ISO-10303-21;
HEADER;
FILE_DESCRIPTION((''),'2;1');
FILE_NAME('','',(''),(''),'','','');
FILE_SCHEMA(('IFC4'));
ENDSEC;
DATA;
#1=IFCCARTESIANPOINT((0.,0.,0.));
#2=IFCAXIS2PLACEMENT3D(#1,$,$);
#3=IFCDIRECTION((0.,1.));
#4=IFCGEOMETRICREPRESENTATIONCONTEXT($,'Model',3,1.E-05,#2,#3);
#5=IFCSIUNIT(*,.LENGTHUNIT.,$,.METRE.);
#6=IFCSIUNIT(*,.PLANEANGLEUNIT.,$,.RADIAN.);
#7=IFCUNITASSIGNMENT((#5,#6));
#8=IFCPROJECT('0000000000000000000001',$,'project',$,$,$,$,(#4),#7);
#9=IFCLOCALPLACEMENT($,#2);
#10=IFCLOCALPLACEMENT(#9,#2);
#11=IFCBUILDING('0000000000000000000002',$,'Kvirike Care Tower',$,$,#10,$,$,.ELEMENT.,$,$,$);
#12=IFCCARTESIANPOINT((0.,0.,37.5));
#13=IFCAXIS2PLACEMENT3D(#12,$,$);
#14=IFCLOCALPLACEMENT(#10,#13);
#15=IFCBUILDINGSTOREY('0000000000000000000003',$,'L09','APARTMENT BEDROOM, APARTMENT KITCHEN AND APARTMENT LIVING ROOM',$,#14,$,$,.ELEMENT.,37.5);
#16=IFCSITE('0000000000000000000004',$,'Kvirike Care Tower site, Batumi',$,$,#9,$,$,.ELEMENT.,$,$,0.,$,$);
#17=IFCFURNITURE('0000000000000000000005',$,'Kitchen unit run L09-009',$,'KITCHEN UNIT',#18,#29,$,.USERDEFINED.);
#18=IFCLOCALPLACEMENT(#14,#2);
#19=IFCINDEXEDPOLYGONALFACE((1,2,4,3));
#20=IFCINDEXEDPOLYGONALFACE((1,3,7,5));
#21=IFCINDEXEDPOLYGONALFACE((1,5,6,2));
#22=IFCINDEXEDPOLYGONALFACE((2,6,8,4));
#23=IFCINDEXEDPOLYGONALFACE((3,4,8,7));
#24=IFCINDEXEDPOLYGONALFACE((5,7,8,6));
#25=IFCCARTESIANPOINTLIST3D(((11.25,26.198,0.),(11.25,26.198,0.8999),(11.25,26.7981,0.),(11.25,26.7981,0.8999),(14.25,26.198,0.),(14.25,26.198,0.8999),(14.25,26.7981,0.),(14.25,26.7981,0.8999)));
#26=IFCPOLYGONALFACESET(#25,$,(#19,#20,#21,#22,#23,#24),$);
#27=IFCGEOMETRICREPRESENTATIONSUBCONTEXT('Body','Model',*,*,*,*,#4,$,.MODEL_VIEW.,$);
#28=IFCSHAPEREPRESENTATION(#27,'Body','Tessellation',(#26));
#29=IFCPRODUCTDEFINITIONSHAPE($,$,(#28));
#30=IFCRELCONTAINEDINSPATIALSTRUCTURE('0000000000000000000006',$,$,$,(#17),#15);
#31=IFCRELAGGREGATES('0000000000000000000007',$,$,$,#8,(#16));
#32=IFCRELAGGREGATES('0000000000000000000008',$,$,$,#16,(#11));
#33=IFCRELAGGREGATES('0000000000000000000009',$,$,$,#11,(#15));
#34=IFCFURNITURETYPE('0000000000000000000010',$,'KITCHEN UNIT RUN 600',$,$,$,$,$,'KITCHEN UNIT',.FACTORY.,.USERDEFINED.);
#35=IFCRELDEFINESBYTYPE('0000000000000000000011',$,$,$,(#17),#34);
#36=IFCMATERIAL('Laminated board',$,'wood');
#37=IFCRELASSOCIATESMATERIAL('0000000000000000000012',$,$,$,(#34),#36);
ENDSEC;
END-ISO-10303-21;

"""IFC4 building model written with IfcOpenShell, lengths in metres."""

from ifc_helpers import new_model, si_unit, direction, frame, origin, origin_2d, place, context, subcontext, project, spatial, rectangle, extrude, material, type_object, element, save


model = new_model("IFC4")

# Units and contexts
model_context = context("Model", 3, precision=1e-05, world=origin(), true_north=direction((0.0, 1.0)))
body_context = subcontext(model_context, "Body", "Model", "MODEL_VIEW")
ifc_project = project(units=[si_unit("LENGTHUNIT", "METRE"), si_unit("PLANEANGLEUNIT", "RADIAN")], contexts=[model_context])

# Site, building, storey
site_placement = place(None, origin())
site = spatial("IfcSite", under=ifc_project, at=site_placement, Name="Kvirike Care Tower site, Batumi", CompositionType="ELEMENT", RefElevation=0.0)
building_placement = place(site_placement, origin())
building = spatial("IfcBuilding", under=site, at=building_placement, Name="Kvirike Care Tower", CompositionType="ELEMENT")
storey_placement = place(building_placement, frame((0.0, 0.0, 37.5)))
storey = spatial("IfcBuildingStorey", under=building, at=storey_placement, Name="L09", Description="APARTMENT BEDROOM, APARTMENT KITCHEN AND APARTMENT LIVING ROOM", CompositionType="ELEMENT", Elevation=37.5)

# Furniture
ifc_material_1 = material(Name="Laminated board", Category="wood")
furniture_type = type_object("IfcFurnitureType", Name="KITCHEN UNIT RUN 600", ElementType="KITCHEN UNIT", AssemblyPlace="FACTORY", PredefinedType="USERDEFINED", material=ifc_material_1)
furniture_placement = place(storey_placement, frame((12.75, 26.498, 0.0), z_axis=(0.0, 0.0, 1.0), x_axis=(1.0, 0.0, 0.0)))
element("IfcFurniture", 1, at=furniture_placement, inside=storey, type_object=furniture_type, Name="Kitchen unit run L09-009", ObjectType="KITCHEN UNIT", PredefinedType="USERDEFINED", context=body_context, shape_type="SweptSolid", body=[
    extrude(rectangle(XDim=3.0, YDim=0.6001, at=origin_2d()), origin(), (0.0, 0.0, 1.0), 0.8999),
])

save(model, "model.ifc")
